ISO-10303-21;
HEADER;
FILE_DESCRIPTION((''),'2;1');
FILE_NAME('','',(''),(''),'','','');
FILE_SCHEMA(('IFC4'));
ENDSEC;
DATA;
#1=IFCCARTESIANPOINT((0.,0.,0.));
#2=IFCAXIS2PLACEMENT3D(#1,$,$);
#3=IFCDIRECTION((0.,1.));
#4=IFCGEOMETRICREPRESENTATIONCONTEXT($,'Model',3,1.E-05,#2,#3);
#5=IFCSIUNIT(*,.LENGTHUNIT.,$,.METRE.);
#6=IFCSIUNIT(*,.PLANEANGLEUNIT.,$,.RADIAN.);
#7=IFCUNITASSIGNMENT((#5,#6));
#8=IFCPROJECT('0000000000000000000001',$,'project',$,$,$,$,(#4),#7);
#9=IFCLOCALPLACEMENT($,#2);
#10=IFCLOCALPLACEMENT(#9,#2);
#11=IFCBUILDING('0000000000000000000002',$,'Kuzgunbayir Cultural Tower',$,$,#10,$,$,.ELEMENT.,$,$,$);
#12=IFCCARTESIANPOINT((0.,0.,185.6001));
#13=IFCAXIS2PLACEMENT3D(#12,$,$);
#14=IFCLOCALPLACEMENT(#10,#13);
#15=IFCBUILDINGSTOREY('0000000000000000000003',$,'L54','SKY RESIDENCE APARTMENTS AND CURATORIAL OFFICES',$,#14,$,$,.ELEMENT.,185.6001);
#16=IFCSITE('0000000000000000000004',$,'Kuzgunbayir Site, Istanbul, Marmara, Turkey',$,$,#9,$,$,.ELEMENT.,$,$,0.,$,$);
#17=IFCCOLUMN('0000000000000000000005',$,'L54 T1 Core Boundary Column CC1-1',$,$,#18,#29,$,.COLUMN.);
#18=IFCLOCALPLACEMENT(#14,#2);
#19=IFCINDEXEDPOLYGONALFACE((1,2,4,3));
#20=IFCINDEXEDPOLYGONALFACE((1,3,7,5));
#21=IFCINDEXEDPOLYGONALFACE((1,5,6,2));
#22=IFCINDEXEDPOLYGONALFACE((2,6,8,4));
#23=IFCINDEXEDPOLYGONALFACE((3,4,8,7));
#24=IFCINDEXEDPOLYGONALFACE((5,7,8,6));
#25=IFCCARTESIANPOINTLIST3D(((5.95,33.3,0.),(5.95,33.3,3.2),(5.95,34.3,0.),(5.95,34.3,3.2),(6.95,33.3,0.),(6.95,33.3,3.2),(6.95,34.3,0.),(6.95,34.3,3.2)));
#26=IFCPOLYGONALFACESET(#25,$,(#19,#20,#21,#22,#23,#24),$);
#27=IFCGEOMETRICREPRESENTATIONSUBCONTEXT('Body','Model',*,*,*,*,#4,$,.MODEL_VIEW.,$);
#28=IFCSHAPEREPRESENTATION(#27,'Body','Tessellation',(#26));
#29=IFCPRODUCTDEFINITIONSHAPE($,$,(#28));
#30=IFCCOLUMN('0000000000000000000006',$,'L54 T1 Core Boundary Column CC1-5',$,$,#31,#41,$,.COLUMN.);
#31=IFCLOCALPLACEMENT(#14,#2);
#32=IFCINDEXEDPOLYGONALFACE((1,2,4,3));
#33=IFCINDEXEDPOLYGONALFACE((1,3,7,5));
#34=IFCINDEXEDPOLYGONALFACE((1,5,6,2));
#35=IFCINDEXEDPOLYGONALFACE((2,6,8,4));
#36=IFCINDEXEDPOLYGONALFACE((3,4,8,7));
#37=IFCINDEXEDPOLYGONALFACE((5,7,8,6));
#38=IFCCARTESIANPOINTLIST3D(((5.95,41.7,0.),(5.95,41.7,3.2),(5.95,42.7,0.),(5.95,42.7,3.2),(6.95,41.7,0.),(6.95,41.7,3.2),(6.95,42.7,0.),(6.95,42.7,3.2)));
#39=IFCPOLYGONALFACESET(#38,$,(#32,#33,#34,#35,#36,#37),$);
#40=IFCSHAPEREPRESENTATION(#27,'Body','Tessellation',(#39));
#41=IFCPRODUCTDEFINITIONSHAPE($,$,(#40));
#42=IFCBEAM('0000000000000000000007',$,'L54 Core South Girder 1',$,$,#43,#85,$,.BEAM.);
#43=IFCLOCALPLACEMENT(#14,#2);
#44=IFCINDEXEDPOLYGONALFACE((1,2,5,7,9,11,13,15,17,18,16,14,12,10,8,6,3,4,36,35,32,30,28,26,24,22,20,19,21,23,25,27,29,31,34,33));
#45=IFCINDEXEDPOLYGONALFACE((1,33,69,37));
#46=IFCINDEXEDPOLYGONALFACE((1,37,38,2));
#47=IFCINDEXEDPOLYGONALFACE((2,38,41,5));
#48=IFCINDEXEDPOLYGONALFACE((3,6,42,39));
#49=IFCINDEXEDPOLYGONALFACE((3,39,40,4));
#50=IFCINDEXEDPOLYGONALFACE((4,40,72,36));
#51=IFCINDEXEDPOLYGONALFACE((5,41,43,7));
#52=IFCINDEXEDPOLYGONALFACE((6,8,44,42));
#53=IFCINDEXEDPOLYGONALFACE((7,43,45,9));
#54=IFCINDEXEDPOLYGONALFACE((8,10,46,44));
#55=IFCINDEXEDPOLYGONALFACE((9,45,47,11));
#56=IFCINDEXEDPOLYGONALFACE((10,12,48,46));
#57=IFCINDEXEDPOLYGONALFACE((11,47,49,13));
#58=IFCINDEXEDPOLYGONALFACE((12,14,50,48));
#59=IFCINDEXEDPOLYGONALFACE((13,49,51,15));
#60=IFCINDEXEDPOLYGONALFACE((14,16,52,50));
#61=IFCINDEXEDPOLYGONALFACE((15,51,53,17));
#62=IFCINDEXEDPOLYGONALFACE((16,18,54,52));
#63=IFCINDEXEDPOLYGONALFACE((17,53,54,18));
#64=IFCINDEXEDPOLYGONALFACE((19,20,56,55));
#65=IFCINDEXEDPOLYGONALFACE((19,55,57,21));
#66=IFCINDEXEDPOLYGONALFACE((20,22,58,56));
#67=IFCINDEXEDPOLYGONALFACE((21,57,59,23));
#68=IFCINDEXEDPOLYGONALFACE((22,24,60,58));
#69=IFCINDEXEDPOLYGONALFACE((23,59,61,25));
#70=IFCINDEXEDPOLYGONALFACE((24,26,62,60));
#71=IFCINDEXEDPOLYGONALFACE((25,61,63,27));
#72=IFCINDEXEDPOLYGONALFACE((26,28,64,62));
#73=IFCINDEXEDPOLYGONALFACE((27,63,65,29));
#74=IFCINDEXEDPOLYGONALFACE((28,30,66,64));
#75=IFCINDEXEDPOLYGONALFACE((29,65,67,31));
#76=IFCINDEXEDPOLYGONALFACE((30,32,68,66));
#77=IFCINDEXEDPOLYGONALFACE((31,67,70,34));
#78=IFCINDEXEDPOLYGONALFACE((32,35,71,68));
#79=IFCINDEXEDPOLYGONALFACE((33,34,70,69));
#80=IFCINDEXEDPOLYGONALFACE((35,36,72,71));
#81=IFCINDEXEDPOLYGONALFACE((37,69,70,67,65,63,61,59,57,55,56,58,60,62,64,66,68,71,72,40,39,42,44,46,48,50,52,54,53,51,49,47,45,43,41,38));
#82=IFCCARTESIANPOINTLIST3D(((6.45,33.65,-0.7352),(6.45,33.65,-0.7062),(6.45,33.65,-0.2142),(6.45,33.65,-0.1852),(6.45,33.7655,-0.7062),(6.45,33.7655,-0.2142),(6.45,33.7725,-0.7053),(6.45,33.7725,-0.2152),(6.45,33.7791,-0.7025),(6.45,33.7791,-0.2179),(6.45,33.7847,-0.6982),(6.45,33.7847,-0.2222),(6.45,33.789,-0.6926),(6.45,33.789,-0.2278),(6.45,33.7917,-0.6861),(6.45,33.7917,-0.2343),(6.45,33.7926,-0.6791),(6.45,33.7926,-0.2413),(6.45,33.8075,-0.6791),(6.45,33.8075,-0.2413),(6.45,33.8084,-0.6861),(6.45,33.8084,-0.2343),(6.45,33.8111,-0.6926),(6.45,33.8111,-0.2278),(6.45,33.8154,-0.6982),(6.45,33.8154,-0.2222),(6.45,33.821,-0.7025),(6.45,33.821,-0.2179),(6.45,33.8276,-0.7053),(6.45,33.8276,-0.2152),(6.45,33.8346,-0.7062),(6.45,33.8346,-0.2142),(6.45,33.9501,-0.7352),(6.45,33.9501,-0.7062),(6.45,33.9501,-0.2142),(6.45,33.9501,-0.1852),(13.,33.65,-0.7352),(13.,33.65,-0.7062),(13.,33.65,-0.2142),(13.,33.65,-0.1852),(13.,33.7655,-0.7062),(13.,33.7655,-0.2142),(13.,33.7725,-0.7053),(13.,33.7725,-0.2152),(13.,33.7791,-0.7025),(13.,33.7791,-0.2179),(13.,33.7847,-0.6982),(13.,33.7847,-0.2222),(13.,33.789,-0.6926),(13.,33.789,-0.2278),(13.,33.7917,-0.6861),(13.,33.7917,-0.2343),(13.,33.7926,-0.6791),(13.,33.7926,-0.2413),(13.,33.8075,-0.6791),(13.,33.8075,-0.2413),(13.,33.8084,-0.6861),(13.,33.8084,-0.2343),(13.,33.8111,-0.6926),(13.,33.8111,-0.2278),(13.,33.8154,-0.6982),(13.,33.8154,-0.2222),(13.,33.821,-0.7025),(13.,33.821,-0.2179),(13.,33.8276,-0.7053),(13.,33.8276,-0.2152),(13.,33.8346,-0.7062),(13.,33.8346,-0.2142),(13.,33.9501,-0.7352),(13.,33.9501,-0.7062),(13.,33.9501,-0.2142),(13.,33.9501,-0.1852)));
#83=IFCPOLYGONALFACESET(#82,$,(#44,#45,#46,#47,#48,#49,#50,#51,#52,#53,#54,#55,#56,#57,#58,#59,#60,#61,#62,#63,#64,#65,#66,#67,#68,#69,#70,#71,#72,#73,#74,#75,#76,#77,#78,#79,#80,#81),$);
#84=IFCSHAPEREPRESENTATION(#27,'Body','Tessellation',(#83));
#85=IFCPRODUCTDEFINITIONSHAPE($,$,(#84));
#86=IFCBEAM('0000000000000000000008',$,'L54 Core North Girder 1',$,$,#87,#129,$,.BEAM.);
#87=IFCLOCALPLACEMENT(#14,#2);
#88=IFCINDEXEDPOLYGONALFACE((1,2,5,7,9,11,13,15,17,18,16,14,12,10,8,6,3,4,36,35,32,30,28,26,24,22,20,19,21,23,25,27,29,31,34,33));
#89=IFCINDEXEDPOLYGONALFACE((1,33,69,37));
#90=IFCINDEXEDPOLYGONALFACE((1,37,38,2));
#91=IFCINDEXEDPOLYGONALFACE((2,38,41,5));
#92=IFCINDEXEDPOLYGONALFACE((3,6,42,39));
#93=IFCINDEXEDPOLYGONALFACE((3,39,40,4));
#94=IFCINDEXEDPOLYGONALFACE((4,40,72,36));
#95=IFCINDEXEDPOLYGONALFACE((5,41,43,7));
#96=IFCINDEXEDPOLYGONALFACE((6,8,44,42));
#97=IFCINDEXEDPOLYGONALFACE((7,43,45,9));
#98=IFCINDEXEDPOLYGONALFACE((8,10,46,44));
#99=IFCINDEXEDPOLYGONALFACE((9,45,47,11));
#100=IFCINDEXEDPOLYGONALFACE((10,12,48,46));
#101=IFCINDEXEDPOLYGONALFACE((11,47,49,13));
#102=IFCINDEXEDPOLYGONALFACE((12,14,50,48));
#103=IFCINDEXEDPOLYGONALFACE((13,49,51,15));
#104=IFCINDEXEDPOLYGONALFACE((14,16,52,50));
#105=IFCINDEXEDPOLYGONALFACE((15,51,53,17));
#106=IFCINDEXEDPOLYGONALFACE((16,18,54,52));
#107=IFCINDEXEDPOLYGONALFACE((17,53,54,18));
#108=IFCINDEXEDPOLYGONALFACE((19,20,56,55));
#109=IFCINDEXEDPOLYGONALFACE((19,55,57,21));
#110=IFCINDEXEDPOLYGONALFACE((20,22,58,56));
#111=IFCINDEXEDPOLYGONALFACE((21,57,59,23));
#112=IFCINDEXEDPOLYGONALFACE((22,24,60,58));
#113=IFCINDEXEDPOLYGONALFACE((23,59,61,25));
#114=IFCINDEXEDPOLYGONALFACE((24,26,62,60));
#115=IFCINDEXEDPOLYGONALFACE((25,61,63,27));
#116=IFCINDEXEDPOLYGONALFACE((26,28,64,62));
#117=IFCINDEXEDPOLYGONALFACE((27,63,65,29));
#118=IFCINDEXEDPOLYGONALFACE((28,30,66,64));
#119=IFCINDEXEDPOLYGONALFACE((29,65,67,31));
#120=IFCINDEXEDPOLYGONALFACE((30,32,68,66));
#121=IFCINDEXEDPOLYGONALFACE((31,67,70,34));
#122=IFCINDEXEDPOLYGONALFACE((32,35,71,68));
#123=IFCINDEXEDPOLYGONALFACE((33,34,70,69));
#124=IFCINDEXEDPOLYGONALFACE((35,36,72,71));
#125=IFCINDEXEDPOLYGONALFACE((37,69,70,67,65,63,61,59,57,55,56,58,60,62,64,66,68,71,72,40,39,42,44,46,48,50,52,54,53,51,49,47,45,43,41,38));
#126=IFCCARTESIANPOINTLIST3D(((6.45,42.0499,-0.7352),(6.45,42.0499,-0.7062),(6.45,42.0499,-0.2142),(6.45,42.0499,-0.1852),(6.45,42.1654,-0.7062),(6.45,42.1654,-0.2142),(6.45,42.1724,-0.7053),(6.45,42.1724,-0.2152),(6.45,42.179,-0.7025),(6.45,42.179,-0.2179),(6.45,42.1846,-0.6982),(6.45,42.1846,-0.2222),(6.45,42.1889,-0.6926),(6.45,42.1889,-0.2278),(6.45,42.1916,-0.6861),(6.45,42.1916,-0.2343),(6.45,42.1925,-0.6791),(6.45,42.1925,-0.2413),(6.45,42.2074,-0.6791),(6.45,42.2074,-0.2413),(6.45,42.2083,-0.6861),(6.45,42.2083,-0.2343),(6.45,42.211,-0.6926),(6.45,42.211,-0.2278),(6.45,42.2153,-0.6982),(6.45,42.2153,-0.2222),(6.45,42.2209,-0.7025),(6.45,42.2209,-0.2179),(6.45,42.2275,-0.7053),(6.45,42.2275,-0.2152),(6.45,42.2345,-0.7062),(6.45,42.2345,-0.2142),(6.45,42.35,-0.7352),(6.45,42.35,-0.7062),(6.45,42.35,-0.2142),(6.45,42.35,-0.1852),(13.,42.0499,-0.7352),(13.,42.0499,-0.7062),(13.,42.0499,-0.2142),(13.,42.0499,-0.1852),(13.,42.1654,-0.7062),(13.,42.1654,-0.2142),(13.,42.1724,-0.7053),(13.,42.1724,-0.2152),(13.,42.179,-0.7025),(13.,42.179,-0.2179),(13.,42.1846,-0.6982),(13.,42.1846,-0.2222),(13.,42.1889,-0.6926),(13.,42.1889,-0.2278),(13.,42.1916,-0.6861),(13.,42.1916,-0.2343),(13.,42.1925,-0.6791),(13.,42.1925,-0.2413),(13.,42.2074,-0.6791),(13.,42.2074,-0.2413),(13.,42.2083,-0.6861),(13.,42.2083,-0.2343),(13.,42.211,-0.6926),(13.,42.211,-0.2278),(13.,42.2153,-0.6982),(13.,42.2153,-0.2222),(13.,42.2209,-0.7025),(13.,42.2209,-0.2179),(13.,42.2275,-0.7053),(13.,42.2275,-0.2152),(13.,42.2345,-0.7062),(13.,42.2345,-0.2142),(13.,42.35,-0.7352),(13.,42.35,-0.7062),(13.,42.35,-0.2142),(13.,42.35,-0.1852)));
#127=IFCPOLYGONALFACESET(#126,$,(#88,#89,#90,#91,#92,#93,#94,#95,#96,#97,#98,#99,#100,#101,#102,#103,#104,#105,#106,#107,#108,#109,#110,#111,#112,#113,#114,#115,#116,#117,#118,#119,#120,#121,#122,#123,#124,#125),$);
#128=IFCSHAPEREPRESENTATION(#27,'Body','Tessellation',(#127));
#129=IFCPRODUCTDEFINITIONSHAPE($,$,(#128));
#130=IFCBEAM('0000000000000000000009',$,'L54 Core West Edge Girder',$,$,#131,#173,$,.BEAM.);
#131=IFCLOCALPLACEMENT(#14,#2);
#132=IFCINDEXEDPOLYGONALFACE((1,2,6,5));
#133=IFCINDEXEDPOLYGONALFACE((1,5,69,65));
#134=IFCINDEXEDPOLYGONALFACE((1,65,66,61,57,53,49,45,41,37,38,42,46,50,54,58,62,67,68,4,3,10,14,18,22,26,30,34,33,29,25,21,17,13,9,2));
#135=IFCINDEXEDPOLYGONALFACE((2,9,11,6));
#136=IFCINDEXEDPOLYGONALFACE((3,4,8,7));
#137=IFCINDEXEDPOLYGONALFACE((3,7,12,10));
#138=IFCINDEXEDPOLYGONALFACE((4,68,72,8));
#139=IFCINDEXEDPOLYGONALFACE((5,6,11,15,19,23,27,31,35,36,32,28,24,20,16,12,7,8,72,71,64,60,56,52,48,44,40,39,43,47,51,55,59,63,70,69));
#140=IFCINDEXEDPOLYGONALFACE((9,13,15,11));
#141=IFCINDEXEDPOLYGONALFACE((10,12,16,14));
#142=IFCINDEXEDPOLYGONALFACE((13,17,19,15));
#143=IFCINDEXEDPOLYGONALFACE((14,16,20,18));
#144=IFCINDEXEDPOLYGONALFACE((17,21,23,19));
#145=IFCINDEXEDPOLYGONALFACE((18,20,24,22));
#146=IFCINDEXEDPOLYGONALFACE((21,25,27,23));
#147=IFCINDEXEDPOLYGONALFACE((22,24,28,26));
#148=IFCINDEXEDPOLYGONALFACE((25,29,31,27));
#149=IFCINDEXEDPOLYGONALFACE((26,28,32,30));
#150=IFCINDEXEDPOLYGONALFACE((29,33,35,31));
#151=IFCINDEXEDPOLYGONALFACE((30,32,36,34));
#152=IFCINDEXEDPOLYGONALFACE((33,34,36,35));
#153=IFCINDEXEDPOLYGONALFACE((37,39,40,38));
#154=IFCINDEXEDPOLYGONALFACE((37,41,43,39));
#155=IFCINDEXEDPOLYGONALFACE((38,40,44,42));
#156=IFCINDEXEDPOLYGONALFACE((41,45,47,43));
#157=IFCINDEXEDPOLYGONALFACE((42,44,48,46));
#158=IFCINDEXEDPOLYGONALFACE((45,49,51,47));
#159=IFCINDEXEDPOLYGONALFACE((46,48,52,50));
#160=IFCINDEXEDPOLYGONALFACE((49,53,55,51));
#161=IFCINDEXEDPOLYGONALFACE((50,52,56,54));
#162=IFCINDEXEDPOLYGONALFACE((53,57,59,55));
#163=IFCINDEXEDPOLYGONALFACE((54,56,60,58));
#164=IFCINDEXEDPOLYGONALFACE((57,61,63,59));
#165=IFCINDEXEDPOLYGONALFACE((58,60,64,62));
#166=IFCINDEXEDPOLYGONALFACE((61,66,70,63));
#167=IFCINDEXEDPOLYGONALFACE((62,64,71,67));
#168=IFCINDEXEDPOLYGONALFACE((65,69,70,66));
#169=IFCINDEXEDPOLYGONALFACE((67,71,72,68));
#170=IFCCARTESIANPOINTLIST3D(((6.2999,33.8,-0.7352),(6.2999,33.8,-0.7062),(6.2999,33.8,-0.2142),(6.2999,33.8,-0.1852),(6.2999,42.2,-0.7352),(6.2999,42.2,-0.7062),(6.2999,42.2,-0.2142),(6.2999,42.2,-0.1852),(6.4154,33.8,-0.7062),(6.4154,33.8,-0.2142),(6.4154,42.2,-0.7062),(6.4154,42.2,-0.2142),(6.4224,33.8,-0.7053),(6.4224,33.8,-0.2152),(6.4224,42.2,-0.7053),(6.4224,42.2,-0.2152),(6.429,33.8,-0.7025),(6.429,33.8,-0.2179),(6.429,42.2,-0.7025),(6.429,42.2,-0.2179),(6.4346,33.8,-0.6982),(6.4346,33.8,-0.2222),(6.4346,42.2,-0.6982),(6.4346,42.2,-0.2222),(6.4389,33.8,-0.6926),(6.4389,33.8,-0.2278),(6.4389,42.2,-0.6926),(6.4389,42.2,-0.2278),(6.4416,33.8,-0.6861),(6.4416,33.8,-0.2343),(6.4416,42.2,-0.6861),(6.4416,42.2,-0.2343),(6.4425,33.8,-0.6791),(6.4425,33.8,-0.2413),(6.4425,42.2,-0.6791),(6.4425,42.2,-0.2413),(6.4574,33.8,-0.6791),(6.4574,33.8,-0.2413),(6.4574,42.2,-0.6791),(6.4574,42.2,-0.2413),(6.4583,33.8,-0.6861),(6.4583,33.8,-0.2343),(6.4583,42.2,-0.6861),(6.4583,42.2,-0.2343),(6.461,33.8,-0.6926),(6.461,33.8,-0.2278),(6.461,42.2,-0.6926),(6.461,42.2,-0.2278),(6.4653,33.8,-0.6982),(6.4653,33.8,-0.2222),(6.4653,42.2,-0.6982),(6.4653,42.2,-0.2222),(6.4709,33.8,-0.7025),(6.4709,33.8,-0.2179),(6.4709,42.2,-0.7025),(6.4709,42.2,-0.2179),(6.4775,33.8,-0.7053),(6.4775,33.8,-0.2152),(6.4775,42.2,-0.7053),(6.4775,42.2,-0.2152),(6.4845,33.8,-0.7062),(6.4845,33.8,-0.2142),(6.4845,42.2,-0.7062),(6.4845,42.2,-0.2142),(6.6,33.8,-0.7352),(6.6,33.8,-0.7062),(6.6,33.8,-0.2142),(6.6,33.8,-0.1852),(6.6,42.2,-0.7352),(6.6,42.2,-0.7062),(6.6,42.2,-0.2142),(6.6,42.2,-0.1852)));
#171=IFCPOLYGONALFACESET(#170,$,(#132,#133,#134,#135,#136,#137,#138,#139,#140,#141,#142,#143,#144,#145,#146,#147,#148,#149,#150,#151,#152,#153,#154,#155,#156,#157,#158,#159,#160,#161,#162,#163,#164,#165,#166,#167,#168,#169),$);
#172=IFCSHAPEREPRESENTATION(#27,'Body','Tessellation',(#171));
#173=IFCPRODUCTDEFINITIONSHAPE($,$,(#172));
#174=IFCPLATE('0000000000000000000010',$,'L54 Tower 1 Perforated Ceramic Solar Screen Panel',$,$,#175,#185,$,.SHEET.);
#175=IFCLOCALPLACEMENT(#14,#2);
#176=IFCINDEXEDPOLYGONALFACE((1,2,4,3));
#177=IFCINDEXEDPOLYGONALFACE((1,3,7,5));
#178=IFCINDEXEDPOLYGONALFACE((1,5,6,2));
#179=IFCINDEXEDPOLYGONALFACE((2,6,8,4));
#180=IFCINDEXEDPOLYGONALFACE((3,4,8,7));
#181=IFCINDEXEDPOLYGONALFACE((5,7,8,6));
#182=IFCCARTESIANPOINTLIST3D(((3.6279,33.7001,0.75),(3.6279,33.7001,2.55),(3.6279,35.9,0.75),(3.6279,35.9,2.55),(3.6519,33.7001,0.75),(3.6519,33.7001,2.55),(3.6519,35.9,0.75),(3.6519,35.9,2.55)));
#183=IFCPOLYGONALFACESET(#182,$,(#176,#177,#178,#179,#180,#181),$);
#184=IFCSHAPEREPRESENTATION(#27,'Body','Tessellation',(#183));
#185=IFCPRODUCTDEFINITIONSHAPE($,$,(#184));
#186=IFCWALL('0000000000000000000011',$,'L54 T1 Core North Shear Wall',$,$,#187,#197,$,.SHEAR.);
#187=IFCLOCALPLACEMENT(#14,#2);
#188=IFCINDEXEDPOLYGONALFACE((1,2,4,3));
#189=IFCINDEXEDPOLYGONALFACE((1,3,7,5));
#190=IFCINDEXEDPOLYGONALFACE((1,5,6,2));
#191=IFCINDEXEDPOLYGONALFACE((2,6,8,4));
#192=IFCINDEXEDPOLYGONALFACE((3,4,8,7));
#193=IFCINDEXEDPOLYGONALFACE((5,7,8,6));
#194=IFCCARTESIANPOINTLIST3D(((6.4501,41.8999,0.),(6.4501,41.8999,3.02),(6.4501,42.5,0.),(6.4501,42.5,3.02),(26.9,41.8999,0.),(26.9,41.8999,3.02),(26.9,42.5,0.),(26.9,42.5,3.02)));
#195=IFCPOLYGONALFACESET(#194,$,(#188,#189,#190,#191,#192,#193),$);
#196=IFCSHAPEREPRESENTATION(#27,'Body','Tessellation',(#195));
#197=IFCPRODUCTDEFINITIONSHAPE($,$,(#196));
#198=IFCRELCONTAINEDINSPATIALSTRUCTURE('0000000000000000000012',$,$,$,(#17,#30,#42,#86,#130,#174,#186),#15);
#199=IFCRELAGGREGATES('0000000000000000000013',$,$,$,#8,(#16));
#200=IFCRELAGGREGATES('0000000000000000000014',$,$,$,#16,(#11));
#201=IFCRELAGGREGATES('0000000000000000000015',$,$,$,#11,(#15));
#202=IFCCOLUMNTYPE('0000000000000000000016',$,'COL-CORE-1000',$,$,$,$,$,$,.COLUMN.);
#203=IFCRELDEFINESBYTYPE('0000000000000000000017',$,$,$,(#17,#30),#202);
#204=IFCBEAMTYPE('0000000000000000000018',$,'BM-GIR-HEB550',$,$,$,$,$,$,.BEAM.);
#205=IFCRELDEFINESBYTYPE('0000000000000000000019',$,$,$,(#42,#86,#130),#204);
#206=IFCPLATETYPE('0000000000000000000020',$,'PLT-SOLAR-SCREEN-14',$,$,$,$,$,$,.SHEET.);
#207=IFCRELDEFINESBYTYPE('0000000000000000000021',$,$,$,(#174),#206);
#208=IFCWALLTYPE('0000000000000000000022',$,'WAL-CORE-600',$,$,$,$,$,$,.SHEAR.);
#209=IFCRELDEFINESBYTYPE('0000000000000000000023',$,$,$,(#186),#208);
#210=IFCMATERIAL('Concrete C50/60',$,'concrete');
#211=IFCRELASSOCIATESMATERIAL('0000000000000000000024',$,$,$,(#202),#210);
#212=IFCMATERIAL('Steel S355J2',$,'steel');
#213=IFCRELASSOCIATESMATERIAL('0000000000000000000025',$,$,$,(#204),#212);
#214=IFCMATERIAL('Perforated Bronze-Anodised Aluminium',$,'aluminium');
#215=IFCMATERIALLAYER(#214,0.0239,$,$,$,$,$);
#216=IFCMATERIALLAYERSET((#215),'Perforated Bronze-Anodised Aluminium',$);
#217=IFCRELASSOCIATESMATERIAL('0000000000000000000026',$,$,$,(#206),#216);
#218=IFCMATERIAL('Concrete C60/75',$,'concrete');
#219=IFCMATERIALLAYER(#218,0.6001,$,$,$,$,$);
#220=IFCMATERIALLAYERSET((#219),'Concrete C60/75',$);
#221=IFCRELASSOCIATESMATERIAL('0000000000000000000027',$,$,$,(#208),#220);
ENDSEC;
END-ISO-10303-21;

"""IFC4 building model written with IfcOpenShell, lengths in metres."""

from ifc_helpers import new_model, si_unit, direction, frame, frame_2d, origin, origin_2d, place, context, subcontext, project, spatial, rectangle, i_section, extrude, material, layer, layer_set, material_profile, profile_set, type_object, element, save


model = new_model("IFC4")

# Units and contexts
model_context = context("Model", 3, precision=1e-05, world=origin(), true_north=direction((0.0, 1.0)))
body_context = subcontext(model_context, "Body", "Model", "MODEL_VIEW")
ifc_project = project(units=[si_unit("LENGTHUNIT", "METRE"), si_unit("PLANEANGLEUNIT", "RADIAN")], contexts=[model_context])

# Site, building, storey
site_placement = place(None, origin())
site = spatial("IfcSite", under=ifc_project, at=site_placement, Name="Kuzgunbayir Site, Istanbul, Marmara, Turkey", CompositionType="ELEMENT", RefElevation=0.0)
building_placement = place(site_placement, origin())
building = spatial("IfcBuilding", under=site, at=building_placement, Name="Kuzgunbayir Cultural Tower", CompositionType="ELEMENT")
storey_placement = place(building_placement, frame((0.0, 0.0, 185.6001)))
storey = spatial("IfcBuildingStorey", under=building, at=storey_placement, Name="L54", Description="SKY RESIDENCE APARTMENTS AND CURATORIAL OFFICES", CompositionType="ELEMENT", Elevation=185.6001)

# Columns
ifc_material_1 = material(Name="Concrete C50/60", Category="concrete")
ifc_material_profile_1 = material_profile(ifc_material_1, rectangle(XDim=1.0, YDim=1.0, at=origin_2d()), Name="RC 1000x1000")
ifc_profile_set_1 = profile_set([ifc_material_profile_1], Name="Concrete C50/60")
column_type = type_object("IfcColumnType", Name="COL-CORE-1000", PredefinedType="COLUMN", material=ifc_profile_set_1)
for number, where, z_axis, x_axis, name in (
    (1, (6.45, 33.8, 0.0), (0.0, 0.0, 1.0), (1.0, 0.0, 0.0), "L54 T1 Core Boundary Column CC1-1"),
    (2, (6.45, 42.2, 0.0), (0.0, 0.0, 1.0), (1.0, 0.0, 0.0), "L54 T1 Core Boundary Column CC1-5"),
):
    element("IfcColumn", number, at=place(storey_placement, frame(where, z_axis=z_axis, x_axis=x_axis)), inside=storey, type_object=column_type, Name=name, PredefinedType="COLUMN", context=body_context, shape_type="SweptSolid", body=[
        extrude(rectangle(XDim=1.0, YDim=1.0, at=origin_2d()), origin(), (0.0, 0.0, 1.0), 3.2),
    ])

# Beams
ifc_material_2 = material(Name="Steel S355J2", Category="steel")
ifc_material_profile_2 = material_profile(ifc_material_2, i_section(OverallWidth=0.3, OverallDepth=0.55, WebThickness=0.0149, FlangeThickness=0.0291, FilletRadius=0.0271, at=origin_2d()), Name="HEB 550")
ifc_profile_set_2 = profile_set([ifc_material_profile_2], Name="Steel S355J2")
beam_type = type_object("IfcBeamType", Name="BM-GIR-HEB550", PredefinedType="BEAM", material=ifc_profile_set_2)
for number, where, z_axis, x_axis, name in (
    (3, (6.45, 33.8, -0.4602), (1.0, 0.0, 0.0), (0.0, 1.0, 0.0), "L54 Core South Girder 1"),
    (4, (6.45, 42.2, -0.4602), (1.0, 0.0, 0.0), (0.0, 1.0, 0.0), "L54 Core North Girder 1"),
):
    element("IfcBeam", number, at=place(storey_placement, frame(where, z_axis=z_axis, x_axis=x_axis)), inside=storey, type_object=beam_type, Name=name, PredefinedType="BEAM", context=body_context, shape_type="SweptSolid", body=[
        extrude(i_section(OverallWidth=0.3, OverallDepth=0.55, WebThickness=0.0149, FlangeThickness=0.0291, FilletRadius=0.0271, at=origin_2d()), origin(), (0.0, 0.0, 1.0), 6.55),
    ])
beam_placement = place(storey_placement, frame((6.45, 33.8, -0.4602), z_axis=(0.0, 1.0, 0.0), x_axis=(-1.0, 0.0, 0.0)))
element("IfcBeam", 5, at=beam_placement, inside=storey, type_object=beam_type, Name="L54 Core West Edge Girder", PredefinedType="BEAM", context=body_context, shape_type="SweptSolid", body=[
    extrude(i_section(OverallWidth=0.3, OverallDepth=0.55, WebThickness=0.0149, FlangeThickness=0.0291, FilletRadius=0.0271, at=origin_2d()), origin(), (0.0, 0.0, 1.0), 8.3999),
])

# Plate
ifc_material_3 = material(Name="Perforated Bronze-Anodised Aluminium", Category="aluminium")
ifc_layer_1 = layer(ifc_material_3, 0.0239)
ifc_layer_set_1 = layer_set([ifc_layer_1], Name="Perforated Bronze-Anodised Aluminium")
plate_type = type_object("IfcPlateType", Name="PLT-SOLAR-SCREEN-14", PredefinedType="SHEET", material=ifc_layer_set_1)
plate_placement = place(storey_placement, frame((3.6399, 34.8, 0.75), z_axis=(0.0, 0.0, 1.0), x_axis=(1.0, 0.0, 0.0)))
element("IfcPlate", 6, at=plate_placement, inside=storey, type_object=plate_type, Name="L54 Tower 1 Perforated Ceramic Solar Screen Panel", PredefinedType="SHEET", context=body_context, shape_type="SweptSolid", body=[
    extrude(rectangle(XDim=0.0239, YDim=2.2, at=origin_2d()), origin(), (0.0, 0.0, 1.0), 1.8),
])

# Wall
ifc_material_4 = material(Name="Concrete C60/75", Category="concrete")
ifc_layer_2 = layer(ifc_material_4, 0.6001)
ifc_layer_set_2 = layer_set([ifc_layer_2], Name="Concrete C60/75")
wall_type_1 = type_object("IfcWallType", Name="WAL-CORE-600", PredefinedType="SHEAR", material=ifc_layer_set_2)
wall_1_placement = place(storey_placement, frame((6.45, 42.2, 0.0), z_axis=(0.0, 0.0, 1.0), x_axis=(1.0, 0.0, 0.0)))
element("IfcWall", 7, at=wall_1_placement, inside=storey, type_object=wall_type_1, Name="L54 T1 Core North Shear Wall", PredefinedType="SHEAR", context=body_context, shape_type="SweptSolid", body=[
    extrude(rectangle(XDim=20.45, YDim=0.6001, at=frame_2d((10.2251, 0.0))), origin(), (0.0, 0.0, 1.0), 3.02),
])

save(model, "model.ifc")
